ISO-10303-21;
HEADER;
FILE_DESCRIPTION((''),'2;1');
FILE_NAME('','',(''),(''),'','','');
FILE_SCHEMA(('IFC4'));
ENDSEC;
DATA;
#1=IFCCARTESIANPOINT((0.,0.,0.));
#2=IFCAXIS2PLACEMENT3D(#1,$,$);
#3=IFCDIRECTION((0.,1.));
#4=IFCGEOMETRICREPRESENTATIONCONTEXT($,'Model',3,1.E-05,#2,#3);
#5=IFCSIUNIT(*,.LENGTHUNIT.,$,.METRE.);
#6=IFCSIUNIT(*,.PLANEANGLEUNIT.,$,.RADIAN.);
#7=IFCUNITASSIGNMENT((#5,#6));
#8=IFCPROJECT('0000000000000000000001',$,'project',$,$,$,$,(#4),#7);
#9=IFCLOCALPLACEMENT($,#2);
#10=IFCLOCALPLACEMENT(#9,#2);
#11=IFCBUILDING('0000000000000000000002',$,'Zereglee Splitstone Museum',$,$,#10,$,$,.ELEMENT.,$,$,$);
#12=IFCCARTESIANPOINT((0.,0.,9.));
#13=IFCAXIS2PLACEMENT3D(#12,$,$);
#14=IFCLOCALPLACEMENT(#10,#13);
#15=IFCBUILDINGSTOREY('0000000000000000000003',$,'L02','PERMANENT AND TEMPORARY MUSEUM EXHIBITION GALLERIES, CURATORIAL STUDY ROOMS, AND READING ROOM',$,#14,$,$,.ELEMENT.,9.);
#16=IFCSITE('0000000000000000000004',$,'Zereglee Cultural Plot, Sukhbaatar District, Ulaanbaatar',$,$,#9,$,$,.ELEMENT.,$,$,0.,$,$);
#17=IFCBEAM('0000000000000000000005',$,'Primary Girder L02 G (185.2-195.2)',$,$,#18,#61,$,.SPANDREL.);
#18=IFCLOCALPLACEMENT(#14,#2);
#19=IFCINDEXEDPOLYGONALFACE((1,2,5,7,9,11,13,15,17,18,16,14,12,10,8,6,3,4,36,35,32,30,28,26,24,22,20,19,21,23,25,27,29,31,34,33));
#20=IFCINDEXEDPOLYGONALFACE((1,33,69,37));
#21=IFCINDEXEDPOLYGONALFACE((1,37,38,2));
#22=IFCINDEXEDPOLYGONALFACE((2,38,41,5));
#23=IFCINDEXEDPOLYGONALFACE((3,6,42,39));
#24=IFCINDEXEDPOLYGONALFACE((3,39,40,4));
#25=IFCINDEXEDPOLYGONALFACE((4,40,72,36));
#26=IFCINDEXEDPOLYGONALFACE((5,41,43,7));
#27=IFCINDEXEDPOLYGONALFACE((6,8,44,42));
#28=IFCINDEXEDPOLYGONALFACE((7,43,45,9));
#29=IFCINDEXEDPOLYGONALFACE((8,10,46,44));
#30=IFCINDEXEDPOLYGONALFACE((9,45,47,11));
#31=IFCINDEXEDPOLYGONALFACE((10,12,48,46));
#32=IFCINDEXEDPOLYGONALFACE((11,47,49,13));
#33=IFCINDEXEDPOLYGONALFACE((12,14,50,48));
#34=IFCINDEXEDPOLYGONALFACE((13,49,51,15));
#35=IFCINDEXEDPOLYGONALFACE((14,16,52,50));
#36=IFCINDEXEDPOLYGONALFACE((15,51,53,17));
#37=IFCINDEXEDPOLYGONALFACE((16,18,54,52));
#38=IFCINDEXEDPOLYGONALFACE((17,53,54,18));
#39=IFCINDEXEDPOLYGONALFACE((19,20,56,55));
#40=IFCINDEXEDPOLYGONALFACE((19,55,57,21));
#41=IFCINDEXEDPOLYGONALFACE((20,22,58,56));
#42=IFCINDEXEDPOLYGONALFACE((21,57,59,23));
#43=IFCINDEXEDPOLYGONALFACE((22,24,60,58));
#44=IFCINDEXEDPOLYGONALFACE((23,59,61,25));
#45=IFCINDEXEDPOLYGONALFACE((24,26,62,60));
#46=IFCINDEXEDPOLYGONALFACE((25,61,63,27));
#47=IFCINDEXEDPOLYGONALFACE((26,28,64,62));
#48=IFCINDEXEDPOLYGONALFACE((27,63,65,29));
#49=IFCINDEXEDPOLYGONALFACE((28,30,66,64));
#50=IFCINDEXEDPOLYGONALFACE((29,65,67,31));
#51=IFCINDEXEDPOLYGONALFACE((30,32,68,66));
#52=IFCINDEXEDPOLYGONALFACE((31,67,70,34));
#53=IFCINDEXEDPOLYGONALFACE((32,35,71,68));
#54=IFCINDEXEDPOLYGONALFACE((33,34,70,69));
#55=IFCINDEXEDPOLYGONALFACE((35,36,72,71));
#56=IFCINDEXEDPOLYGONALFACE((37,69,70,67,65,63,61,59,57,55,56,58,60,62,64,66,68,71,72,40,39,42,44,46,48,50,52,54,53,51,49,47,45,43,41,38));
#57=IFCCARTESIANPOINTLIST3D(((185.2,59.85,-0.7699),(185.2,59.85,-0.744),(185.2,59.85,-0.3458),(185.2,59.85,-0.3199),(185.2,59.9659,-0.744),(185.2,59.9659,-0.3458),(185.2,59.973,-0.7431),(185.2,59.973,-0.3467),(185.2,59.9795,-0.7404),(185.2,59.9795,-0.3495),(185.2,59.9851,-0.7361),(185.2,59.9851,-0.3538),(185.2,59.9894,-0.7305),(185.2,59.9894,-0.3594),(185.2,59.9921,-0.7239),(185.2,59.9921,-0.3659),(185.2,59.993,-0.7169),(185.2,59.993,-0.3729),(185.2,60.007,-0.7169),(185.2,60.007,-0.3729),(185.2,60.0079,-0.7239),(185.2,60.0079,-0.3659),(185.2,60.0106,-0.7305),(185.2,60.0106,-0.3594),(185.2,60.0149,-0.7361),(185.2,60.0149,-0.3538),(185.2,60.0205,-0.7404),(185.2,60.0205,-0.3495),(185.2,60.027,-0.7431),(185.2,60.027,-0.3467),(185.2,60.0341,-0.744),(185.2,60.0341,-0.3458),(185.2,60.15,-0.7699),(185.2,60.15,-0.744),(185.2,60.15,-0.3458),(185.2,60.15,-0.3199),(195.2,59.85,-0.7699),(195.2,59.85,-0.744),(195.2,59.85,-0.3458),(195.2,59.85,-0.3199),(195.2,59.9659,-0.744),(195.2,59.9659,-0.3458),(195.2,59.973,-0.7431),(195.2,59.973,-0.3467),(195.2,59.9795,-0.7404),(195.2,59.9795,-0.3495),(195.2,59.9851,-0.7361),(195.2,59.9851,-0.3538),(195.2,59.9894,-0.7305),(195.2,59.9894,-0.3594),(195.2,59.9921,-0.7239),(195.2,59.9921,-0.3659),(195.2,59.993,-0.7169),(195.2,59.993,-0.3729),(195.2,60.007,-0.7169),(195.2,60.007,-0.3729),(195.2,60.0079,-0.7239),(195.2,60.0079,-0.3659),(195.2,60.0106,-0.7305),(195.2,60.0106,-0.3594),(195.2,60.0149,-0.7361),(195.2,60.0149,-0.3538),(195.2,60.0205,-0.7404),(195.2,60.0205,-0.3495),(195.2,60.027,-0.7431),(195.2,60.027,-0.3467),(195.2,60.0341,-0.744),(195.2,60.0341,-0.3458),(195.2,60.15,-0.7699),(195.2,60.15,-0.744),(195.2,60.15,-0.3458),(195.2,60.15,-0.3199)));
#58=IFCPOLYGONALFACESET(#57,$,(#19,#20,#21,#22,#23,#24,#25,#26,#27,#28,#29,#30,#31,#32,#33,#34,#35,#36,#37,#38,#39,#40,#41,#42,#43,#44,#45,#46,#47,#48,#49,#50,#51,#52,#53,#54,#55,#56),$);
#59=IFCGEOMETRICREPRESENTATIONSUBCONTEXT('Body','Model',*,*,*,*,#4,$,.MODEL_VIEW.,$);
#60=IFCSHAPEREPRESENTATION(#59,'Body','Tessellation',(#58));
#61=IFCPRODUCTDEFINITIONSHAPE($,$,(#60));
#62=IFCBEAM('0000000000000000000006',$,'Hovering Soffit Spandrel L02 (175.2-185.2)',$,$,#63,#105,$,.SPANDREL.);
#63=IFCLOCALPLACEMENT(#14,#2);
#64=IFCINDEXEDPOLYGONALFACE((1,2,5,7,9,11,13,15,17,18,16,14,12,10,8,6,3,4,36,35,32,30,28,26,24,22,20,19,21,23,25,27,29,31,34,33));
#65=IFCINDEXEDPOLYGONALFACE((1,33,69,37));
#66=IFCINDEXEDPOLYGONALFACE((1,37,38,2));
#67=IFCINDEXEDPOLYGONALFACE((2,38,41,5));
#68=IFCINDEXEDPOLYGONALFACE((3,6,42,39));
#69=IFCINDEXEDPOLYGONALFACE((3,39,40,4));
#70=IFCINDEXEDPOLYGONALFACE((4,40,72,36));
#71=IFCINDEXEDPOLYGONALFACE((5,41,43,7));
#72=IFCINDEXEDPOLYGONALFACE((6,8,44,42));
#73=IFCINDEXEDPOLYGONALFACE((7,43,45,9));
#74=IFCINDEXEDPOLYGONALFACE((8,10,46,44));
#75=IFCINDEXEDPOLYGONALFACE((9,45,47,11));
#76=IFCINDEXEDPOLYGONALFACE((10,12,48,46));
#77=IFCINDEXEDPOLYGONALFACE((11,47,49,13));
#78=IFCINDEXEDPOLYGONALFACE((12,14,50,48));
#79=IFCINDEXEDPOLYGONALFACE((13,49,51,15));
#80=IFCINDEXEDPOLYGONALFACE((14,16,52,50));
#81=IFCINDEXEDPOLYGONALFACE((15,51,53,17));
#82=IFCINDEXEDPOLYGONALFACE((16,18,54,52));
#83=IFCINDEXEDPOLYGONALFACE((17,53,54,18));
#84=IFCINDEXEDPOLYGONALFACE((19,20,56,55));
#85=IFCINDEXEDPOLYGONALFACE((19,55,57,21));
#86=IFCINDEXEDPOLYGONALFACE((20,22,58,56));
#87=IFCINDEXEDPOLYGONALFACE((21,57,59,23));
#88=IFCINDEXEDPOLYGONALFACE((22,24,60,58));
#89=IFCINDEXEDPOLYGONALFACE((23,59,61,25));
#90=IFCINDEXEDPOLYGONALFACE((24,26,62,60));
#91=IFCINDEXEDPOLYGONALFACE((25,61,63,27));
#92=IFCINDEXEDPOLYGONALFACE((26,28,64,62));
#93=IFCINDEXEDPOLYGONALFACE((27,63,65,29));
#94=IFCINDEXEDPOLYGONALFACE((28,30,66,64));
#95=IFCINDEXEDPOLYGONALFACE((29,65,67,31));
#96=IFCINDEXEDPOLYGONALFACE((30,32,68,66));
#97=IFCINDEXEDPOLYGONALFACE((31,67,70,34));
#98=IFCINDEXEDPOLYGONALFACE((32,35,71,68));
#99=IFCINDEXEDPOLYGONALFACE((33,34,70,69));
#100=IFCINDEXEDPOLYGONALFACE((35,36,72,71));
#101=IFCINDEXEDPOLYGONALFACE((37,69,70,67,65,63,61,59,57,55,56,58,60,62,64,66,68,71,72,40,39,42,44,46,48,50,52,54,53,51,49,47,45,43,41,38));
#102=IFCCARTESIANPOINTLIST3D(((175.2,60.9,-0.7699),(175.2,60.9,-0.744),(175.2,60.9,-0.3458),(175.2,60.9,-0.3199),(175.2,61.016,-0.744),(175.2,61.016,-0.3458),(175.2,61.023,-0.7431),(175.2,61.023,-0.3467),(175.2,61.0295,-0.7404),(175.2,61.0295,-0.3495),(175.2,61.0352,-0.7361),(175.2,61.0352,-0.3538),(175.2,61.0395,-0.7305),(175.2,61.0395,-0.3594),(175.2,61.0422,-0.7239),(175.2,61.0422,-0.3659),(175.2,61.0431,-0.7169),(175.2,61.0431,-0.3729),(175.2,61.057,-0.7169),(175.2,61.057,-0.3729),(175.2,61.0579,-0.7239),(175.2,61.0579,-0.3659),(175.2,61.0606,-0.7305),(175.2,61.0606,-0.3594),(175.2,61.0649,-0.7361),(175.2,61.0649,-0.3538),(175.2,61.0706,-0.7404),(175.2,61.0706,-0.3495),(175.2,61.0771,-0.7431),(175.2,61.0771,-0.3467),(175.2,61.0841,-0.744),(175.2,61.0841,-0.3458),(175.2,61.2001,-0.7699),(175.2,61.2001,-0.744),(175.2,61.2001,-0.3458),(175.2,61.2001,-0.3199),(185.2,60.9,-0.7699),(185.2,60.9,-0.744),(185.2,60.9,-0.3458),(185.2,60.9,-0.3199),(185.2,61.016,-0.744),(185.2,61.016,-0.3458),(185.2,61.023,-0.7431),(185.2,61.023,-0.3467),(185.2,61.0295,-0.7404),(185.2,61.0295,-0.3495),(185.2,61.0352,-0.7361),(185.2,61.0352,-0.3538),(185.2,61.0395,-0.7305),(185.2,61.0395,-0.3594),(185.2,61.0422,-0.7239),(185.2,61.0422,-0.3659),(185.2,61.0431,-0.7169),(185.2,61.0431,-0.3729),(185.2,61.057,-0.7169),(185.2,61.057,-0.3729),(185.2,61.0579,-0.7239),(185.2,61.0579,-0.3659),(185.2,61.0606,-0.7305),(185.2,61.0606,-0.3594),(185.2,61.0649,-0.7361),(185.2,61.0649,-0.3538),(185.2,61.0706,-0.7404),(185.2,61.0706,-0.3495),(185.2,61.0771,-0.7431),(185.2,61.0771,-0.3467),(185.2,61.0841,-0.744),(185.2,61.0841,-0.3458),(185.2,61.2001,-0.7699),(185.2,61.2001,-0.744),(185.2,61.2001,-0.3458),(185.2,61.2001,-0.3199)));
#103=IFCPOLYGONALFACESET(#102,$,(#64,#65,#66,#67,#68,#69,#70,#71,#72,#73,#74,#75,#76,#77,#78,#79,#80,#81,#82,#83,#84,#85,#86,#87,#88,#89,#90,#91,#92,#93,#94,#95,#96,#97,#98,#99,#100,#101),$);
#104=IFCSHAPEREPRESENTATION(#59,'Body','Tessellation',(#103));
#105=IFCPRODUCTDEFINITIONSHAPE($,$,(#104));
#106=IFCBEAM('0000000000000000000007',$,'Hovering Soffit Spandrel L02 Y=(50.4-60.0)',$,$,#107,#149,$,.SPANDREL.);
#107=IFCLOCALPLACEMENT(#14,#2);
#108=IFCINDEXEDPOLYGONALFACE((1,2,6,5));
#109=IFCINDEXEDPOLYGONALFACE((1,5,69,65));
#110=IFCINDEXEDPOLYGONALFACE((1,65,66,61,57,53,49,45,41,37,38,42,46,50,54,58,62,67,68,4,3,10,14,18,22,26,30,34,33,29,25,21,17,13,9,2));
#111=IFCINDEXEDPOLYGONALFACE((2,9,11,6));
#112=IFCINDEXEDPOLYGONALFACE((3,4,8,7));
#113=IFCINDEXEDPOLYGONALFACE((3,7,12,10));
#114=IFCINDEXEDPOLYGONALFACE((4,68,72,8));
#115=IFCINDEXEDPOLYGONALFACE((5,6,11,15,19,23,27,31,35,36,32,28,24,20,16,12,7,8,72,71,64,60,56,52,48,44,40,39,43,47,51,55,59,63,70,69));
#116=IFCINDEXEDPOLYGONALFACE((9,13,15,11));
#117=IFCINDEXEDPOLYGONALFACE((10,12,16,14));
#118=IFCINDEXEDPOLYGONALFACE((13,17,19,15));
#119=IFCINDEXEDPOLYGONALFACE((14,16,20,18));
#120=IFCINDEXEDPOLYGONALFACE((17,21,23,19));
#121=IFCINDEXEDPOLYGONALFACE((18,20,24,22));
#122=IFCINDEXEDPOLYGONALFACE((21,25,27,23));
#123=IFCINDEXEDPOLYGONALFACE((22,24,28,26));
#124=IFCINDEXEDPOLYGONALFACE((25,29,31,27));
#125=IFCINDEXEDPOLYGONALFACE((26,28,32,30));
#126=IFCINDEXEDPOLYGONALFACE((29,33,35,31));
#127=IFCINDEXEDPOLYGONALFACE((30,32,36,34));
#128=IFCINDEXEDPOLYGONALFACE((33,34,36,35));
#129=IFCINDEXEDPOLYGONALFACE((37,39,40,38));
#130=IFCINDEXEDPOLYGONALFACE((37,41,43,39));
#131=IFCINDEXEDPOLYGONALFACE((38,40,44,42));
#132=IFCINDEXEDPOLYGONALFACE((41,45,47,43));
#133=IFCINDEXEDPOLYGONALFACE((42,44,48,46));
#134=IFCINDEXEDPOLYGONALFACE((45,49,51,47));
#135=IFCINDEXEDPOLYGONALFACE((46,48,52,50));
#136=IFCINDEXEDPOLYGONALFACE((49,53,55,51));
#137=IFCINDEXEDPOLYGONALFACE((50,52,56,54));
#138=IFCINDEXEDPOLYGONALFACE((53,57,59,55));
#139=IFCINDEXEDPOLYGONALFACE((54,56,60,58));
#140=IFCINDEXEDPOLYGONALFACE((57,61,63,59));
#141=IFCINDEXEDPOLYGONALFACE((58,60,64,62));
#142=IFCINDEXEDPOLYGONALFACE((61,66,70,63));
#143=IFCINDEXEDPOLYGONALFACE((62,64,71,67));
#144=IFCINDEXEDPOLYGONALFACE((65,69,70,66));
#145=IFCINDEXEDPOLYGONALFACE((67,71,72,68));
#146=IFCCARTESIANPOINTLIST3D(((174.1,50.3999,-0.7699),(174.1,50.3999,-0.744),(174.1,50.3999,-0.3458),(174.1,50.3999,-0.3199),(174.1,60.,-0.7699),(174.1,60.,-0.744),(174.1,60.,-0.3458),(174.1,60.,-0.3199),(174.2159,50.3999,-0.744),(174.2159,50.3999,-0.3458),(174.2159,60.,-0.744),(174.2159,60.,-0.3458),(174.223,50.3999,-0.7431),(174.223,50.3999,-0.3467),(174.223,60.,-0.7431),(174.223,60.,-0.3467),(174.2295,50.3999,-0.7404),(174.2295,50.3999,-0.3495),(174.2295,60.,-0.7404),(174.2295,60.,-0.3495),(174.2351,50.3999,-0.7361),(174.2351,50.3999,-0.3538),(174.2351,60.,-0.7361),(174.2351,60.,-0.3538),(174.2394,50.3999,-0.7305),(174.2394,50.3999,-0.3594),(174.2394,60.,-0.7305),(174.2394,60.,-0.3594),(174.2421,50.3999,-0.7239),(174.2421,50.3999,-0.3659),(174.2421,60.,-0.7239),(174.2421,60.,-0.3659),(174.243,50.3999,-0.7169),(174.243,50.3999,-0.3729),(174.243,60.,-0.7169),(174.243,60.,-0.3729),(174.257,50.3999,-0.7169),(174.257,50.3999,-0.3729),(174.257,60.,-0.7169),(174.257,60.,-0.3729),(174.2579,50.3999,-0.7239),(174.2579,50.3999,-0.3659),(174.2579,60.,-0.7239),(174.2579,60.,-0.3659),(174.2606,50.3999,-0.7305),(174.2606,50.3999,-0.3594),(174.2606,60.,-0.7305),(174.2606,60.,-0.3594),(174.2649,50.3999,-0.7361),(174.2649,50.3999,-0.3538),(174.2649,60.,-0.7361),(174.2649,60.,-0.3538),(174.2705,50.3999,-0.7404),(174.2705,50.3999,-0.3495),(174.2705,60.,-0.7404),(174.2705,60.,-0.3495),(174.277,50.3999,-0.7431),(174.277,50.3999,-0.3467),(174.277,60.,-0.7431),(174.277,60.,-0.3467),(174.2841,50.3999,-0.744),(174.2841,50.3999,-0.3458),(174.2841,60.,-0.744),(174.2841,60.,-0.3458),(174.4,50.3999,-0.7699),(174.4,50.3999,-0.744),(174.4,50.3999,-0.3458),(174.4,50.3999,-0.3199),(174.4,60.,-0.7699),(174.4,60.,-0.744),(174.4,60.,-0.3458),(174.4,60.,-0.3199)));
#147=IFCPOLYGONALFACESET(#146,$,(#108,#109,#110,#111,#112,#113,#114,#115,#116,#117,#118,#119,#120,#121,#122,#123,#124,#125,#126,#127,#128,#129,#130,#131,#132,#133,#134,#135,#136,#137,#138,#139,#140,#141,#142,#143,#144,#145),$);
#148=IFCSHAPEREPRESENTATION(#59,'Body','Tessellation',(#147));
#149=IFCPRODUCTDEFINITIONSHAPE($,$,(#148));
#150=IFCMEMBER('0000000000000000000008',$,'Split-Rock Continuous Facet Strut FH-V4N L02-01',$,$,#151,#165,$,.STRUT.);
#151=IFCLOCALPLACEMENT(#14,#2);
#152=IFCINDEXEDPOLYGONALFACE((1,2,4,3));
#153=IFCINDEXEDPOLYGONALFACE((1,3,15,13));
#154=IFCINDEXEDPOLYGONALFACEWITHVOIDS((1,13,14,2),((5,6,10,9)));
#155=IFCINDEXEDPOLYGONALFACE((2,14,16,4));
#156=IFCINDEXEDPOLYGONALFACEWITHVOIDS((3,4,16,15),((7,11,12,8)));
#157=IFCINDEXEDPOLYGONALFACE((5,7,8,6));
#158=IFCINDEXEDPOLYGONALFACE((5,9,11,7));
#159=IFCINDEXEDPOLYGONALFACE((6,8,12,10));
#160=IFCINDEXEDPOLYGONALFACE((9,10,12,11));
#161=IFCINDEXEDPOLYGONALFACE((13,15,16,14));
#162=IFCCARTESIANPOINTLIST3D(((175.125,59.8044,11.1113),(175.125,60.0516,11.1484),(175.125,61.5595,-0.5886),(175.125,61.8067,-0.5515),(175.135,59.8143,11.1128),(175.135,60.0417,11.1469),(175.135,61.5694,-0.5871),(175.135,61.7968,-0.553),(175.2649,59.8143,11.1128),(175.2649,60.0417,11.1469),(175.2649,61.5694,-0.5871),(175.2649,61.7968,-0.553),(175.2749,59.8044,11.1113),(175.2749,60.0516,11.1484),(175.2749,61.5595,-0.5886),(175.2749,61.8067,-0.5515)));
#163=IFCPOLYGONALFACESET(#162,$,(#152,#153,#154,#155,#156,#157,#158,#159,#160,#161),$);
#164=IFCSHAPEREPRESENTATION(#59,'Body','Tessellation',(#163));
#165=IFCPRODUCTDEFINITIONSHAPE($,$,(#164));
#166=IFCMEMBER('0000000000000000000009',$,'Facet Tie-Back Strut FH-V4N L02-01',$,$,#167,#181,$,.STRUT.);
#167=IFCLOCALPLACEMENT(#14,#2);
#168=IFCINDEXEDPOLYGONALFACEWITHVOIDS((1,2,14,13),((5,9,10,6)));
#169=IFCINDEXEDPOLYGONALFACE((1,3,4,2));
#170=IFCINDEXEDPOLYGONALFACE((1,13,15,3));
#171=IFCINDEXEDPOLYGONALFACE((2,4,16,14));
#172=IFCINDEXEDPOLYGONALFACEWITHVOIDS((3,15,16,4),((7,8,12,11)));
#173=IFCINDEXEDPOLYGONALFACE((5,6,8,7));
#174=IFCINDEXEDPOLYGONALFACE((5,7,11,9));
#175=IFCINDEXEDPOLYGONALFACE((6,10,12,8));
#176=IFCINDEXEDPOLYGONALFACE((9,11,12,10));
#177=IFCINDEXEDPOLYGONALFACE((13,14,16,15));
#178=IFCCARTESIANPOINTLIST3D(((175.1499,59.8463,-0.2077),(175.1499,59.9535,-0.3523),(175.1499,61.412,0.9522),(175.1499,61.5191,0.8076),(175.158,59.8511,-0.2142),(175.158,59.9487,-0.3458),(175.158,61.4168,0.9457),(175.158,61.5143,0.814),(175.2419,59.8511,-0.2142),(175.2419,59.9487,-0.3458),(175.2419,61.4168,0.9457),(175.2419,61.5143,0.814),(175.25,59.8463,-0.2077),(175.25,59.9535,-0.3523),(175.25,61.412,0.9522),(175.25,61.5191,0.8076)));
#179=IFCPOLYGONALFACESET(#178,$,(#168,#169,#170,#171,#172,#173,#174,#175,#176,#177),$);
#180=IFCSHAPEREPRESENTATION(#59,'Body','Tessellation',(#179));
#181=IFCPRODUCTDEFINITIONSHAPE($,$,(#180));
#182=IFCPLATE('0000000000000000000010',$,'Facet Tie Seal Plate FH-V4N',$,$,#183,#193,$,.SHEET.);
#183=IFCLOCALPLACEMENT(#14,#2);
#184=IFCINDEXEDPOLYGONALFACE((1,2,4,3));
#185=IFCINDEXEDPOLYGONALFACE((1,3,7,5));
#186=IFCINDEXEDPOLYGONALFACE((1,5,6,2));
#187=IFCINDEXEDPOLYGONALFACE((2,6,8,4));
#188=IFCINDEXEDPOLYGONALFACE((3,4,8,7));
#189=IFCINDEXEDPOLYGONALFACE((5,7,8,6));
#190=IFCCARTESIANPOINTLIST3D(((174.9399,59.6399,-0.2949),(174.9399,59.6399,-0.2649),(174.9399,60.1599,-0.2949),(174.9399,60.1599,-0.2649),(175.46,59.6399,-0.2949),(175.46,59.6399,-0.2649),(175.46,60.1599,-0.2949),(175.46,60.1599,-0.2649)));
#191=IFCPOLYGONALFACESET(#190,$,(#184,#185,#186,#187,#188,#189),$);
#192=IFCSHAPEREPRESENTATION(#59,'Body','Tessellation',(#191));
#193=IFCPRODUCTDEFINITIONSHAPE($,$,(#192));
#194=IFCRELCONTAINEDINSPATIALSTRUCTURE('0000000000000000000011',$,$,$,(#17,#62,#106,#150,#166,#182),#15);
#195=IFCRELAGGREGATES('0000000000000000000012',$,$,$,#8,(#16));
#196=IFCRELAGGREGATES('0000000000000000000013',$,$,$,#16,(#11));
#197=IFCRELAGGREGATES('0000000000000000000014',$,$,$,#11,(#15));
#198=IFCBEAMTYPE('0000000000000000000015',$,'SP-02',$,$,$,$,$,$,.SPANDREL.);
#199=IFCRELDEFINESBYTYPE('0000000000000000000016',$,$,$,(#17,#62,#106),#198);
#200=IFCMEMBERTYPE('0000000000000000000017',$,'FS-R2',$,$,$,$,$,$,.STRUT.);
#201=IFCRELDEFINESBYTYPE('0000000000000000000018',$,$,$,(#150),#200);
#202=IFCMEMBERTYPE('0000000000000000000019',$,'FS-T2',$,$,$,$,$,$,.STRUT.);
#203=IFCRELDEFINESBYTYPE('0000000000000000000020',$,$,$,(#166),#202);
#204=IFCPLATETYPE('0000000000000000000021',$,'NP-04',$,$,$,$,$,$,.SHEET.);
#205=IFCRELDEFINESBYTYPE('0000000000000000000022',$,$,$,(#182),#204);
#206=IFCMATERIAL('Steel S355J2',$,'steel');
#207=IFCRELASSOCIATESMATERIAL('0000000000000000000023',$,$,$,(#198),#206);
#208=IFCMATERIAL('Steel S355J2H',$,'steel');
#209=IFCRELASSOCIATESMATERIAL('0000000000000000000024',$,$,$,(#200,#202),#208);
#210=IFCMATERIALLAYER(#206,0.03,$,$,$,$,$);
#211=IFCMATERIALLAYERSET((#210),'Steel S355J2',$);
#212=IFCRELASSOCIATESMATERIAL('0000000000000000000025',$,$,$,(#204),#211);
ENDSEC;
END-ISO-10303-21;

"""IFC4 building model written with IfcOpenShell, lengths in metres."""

from ifc_helpers import new_model, si_unit, direction, frame, origin, origin_2d, place, context, subcontext, project, spatial, rectangle, hollow_rectangle, i_section, extrude, material, layer, layer_set, material_profile, profile_set, type_object, element, save


model = new_model("IFC4")

# Units and contexts
model_context = context("Model", 3, precision=1e-05, world=origin(), true_north=direction((0.0, 1.0)))
body_context = subcontext(model_context, "Body", "Model", "MODEL_VIEW")
ifc_project = project(units=[si_unit("LENGTHUNIT", "METRE"), si_unit("PLANEANGLEUNIT", "RADIAN")], contexts=[model_context])

# Site, building, storey
site_placement = place(None, origin())
site = spatial("IfcSite", under=ifc_project, at=site_placement, Name="Zereglee Cultural Plot, Sukhbaatar District, Ulaanbaatar", CompositionType="ELEMENT", RefElevation=0.0)
building_placement = place(site_placement, origin())
building = spatial("IfcBuilding", under=site, at=building_placement, Name="Zereglee Splitstone Museum", CompositionType="ELEMENT")
storey_placement = place(building_placement, frame((0.0, 0.0, 9.0)))
storey = spatial("IfcBuildingStorey", under=building, at=storey_placement, Name="L02", Description="PERMANENT AND TEMPORARY MUSEUM EXHIBITION GALLERIES, CURATORIAL STUDY ROOMS, AND READING ROOM", CompositionType="ELEMENT", Elevation=9.0)

# Shared definitions
ifc_material_1 = material(Name="Steel S355J2H", Category="steel")
ifc_material_2 = material(Name="Steel S355J2", Category="steel")

# Beams
ifc_material_profile_1 = material_profile(ifc_material_2, i_section(OverallWidth=0.3, OverallDepth=0.45, WebThickness=0.0139, FlangeThickness=0.0259, FilletRadius=0.0271, at=origin_2d()), Name="HE 450 B")
ifc_profile_set_1 = profile_set([ifc_material_profile_1], Name="Steel S355J2")
beam_type_1 = type_object("IfcBeamType", Name="SP-02", PredefinedType="SPANDREL", material=ifc_profile_set_1)
for number, where, z_axis, x_axis, name in (
    (1, (185.2, 60.0, -0.5449), (1.0, 0.0, 0.0), (0.0, 1.0, 0.0), "Primary Girder L02 G (185.2-195.2)"),
    (2, (175.2, 61.05, -0.5449), (1.0, 0.0, 0.0), (0.0, 1.0, 0.0), "Hovering Soffit Spandrel L02 (175.2-185.2)"),
):
    element("IfcBeam", number, at=place(storey_placement, frame(where, z_axis=z_axis, x_axis=x_axis)), inside=storey, type_object=beam_type_1, Name=name, PredefinedType="SPANDREL", context=body_context, shape_type="SweptSolid", body=[
        extrude(i_section(OverallWidth=0.3, OverallDepth=0.45, WebThickness=0.0139, FlangeThickness=0.0259, FilletRadius=0.0271, at=origin_2d()), origin(), (0.0, 0.0, 1.0), 10.0),
    ])
beam_1_placement = place(storey_placement, frame((174.25, 50.3999, -0.5449), z_axis=(0.0, 1.0, 0.0), x_axis=(-1.0, 0.0, 0.0)))
element("IfcBeam", 3, at=beam_1_placement, inside=storey, type_object=beam_type_1, Name="Hovering Soffit Spandrel L02 Y=(50.4-60.0)", PredefinedType="SPANDREL", context=body_context, shape_type="SweptSolid", body=[
    extrude(i_section(OverallWidth=0.3, OverallDepth=0.45, WebThickness=0.0139, FlangeThickness=0.0259, FilletRadius=0.0271, at=origin_2d()), origin(), (0.0, 0.0, 1.0), 9.6001),
])

# Members
ifc_material_profile_2 = material_profile(ifc_material_1, hollow_rectangle(XDim=0.1499, YDim=0.25, WallThickness=0.01, at=origin_2d()), Name="RHS 250x150x10")
ifc_profile_set_2 = profile_set([ifc_material_profile_2], Name="Steel S355J2H")
member_type_1 = type_object("IfcMemberType", Name="FS-R2", PredefinedType="STRUT", material=ifc_profile_set_2)
member_1_placement = place(storey_placement, frame((175.2, 61.6831, -0.5701), z_axis=(0.0, -0.148352, 0.988935), x_axis=(1.0, 0.0, 0.0)))
element("IfcMember", 4, at=member_1_placement, inside=storey, type_object=member_type_1, Name="Split-Rock Continuous Facet Strut FH-V4N L02-01", PredefinedType="STRUT", context=body_context, shape_type="SweptSolid", body=[
    extrude(hollow_rectangle(XDim=0.1499, YDim=0.25, WallThickness=0.01, at=origin_2d()), origin(), (0.0, 0.0, 1.0), 11.8308),
])
ifc_material_profile_3 = material_profile(ifc_material_1, hollow_rectangle(XDim=0.1001, YDim=0.1799, WallThickness=0.0081, at=origin_2d()), Name="RHS 180x100x8")
ifc_profile_set_3 = profile_set([ifc_material_profile_3], Name="Steel S355J2H")
member_type_2 = type_object("IfcMemberType", Name="FS-T2", PredefinedType="STRUT", material=ifc_profile_set_3)
member_2_placement = place(storey_placement, frame((175.2, 59.8999, -0.28), z_axis=(0.0, 0.803519, 0.595278), x_axis=(-1.0, 0.0, 0.0)))
element("IfcMember", 5, at=member_2_placement, inside=storey, type_object=member_type_2, Name="Facet Tie-Back Strut FH-V4N L02-01", PredefinedType="STRUT", context=body_context, shape_type="SweptSolid", body=[
    extrude(hollow_rectangle(XDim=0.1001, YDim=0.1799, WallThickness=0.0081, at=origin_2d()), origin(), (0.0, 0.0, 1.0), 1.9485),
])

# Plate
ifc_layer_1 = layer(ifc_material_2, 0.03)
ifc_layer_set_1 = layer_set([ifc_layer_1], Name="Steel S355J2")
plate_type_1 = type_object("IfcPlateType", Name="NP-04", PredefinedType="SHEET", material=ifc_layer_set_1)
plate_1_placement = place(storey_placement, frame((175.2, 59.8999, -0.2949), z_axis=(0.0, 0.0, 1.0), x_axis=(1.0, 0.0, 0.0)))
element("IfcPlate", 6, at=plate_1_placement, inside=storey, type_object=plate_type_1, Name="Facet Tie Seal Plate FH-V4N", PredefinedType="SHEET", context=body_context, shape_type="SweptSolid", body=[
    extrude(rectangle(XDim=0.52, YDim=0.52, at=origin_2d()), origin(), (0.0, 0.0, 1.0), 0.03),
])

save(model, "model.ifc")
